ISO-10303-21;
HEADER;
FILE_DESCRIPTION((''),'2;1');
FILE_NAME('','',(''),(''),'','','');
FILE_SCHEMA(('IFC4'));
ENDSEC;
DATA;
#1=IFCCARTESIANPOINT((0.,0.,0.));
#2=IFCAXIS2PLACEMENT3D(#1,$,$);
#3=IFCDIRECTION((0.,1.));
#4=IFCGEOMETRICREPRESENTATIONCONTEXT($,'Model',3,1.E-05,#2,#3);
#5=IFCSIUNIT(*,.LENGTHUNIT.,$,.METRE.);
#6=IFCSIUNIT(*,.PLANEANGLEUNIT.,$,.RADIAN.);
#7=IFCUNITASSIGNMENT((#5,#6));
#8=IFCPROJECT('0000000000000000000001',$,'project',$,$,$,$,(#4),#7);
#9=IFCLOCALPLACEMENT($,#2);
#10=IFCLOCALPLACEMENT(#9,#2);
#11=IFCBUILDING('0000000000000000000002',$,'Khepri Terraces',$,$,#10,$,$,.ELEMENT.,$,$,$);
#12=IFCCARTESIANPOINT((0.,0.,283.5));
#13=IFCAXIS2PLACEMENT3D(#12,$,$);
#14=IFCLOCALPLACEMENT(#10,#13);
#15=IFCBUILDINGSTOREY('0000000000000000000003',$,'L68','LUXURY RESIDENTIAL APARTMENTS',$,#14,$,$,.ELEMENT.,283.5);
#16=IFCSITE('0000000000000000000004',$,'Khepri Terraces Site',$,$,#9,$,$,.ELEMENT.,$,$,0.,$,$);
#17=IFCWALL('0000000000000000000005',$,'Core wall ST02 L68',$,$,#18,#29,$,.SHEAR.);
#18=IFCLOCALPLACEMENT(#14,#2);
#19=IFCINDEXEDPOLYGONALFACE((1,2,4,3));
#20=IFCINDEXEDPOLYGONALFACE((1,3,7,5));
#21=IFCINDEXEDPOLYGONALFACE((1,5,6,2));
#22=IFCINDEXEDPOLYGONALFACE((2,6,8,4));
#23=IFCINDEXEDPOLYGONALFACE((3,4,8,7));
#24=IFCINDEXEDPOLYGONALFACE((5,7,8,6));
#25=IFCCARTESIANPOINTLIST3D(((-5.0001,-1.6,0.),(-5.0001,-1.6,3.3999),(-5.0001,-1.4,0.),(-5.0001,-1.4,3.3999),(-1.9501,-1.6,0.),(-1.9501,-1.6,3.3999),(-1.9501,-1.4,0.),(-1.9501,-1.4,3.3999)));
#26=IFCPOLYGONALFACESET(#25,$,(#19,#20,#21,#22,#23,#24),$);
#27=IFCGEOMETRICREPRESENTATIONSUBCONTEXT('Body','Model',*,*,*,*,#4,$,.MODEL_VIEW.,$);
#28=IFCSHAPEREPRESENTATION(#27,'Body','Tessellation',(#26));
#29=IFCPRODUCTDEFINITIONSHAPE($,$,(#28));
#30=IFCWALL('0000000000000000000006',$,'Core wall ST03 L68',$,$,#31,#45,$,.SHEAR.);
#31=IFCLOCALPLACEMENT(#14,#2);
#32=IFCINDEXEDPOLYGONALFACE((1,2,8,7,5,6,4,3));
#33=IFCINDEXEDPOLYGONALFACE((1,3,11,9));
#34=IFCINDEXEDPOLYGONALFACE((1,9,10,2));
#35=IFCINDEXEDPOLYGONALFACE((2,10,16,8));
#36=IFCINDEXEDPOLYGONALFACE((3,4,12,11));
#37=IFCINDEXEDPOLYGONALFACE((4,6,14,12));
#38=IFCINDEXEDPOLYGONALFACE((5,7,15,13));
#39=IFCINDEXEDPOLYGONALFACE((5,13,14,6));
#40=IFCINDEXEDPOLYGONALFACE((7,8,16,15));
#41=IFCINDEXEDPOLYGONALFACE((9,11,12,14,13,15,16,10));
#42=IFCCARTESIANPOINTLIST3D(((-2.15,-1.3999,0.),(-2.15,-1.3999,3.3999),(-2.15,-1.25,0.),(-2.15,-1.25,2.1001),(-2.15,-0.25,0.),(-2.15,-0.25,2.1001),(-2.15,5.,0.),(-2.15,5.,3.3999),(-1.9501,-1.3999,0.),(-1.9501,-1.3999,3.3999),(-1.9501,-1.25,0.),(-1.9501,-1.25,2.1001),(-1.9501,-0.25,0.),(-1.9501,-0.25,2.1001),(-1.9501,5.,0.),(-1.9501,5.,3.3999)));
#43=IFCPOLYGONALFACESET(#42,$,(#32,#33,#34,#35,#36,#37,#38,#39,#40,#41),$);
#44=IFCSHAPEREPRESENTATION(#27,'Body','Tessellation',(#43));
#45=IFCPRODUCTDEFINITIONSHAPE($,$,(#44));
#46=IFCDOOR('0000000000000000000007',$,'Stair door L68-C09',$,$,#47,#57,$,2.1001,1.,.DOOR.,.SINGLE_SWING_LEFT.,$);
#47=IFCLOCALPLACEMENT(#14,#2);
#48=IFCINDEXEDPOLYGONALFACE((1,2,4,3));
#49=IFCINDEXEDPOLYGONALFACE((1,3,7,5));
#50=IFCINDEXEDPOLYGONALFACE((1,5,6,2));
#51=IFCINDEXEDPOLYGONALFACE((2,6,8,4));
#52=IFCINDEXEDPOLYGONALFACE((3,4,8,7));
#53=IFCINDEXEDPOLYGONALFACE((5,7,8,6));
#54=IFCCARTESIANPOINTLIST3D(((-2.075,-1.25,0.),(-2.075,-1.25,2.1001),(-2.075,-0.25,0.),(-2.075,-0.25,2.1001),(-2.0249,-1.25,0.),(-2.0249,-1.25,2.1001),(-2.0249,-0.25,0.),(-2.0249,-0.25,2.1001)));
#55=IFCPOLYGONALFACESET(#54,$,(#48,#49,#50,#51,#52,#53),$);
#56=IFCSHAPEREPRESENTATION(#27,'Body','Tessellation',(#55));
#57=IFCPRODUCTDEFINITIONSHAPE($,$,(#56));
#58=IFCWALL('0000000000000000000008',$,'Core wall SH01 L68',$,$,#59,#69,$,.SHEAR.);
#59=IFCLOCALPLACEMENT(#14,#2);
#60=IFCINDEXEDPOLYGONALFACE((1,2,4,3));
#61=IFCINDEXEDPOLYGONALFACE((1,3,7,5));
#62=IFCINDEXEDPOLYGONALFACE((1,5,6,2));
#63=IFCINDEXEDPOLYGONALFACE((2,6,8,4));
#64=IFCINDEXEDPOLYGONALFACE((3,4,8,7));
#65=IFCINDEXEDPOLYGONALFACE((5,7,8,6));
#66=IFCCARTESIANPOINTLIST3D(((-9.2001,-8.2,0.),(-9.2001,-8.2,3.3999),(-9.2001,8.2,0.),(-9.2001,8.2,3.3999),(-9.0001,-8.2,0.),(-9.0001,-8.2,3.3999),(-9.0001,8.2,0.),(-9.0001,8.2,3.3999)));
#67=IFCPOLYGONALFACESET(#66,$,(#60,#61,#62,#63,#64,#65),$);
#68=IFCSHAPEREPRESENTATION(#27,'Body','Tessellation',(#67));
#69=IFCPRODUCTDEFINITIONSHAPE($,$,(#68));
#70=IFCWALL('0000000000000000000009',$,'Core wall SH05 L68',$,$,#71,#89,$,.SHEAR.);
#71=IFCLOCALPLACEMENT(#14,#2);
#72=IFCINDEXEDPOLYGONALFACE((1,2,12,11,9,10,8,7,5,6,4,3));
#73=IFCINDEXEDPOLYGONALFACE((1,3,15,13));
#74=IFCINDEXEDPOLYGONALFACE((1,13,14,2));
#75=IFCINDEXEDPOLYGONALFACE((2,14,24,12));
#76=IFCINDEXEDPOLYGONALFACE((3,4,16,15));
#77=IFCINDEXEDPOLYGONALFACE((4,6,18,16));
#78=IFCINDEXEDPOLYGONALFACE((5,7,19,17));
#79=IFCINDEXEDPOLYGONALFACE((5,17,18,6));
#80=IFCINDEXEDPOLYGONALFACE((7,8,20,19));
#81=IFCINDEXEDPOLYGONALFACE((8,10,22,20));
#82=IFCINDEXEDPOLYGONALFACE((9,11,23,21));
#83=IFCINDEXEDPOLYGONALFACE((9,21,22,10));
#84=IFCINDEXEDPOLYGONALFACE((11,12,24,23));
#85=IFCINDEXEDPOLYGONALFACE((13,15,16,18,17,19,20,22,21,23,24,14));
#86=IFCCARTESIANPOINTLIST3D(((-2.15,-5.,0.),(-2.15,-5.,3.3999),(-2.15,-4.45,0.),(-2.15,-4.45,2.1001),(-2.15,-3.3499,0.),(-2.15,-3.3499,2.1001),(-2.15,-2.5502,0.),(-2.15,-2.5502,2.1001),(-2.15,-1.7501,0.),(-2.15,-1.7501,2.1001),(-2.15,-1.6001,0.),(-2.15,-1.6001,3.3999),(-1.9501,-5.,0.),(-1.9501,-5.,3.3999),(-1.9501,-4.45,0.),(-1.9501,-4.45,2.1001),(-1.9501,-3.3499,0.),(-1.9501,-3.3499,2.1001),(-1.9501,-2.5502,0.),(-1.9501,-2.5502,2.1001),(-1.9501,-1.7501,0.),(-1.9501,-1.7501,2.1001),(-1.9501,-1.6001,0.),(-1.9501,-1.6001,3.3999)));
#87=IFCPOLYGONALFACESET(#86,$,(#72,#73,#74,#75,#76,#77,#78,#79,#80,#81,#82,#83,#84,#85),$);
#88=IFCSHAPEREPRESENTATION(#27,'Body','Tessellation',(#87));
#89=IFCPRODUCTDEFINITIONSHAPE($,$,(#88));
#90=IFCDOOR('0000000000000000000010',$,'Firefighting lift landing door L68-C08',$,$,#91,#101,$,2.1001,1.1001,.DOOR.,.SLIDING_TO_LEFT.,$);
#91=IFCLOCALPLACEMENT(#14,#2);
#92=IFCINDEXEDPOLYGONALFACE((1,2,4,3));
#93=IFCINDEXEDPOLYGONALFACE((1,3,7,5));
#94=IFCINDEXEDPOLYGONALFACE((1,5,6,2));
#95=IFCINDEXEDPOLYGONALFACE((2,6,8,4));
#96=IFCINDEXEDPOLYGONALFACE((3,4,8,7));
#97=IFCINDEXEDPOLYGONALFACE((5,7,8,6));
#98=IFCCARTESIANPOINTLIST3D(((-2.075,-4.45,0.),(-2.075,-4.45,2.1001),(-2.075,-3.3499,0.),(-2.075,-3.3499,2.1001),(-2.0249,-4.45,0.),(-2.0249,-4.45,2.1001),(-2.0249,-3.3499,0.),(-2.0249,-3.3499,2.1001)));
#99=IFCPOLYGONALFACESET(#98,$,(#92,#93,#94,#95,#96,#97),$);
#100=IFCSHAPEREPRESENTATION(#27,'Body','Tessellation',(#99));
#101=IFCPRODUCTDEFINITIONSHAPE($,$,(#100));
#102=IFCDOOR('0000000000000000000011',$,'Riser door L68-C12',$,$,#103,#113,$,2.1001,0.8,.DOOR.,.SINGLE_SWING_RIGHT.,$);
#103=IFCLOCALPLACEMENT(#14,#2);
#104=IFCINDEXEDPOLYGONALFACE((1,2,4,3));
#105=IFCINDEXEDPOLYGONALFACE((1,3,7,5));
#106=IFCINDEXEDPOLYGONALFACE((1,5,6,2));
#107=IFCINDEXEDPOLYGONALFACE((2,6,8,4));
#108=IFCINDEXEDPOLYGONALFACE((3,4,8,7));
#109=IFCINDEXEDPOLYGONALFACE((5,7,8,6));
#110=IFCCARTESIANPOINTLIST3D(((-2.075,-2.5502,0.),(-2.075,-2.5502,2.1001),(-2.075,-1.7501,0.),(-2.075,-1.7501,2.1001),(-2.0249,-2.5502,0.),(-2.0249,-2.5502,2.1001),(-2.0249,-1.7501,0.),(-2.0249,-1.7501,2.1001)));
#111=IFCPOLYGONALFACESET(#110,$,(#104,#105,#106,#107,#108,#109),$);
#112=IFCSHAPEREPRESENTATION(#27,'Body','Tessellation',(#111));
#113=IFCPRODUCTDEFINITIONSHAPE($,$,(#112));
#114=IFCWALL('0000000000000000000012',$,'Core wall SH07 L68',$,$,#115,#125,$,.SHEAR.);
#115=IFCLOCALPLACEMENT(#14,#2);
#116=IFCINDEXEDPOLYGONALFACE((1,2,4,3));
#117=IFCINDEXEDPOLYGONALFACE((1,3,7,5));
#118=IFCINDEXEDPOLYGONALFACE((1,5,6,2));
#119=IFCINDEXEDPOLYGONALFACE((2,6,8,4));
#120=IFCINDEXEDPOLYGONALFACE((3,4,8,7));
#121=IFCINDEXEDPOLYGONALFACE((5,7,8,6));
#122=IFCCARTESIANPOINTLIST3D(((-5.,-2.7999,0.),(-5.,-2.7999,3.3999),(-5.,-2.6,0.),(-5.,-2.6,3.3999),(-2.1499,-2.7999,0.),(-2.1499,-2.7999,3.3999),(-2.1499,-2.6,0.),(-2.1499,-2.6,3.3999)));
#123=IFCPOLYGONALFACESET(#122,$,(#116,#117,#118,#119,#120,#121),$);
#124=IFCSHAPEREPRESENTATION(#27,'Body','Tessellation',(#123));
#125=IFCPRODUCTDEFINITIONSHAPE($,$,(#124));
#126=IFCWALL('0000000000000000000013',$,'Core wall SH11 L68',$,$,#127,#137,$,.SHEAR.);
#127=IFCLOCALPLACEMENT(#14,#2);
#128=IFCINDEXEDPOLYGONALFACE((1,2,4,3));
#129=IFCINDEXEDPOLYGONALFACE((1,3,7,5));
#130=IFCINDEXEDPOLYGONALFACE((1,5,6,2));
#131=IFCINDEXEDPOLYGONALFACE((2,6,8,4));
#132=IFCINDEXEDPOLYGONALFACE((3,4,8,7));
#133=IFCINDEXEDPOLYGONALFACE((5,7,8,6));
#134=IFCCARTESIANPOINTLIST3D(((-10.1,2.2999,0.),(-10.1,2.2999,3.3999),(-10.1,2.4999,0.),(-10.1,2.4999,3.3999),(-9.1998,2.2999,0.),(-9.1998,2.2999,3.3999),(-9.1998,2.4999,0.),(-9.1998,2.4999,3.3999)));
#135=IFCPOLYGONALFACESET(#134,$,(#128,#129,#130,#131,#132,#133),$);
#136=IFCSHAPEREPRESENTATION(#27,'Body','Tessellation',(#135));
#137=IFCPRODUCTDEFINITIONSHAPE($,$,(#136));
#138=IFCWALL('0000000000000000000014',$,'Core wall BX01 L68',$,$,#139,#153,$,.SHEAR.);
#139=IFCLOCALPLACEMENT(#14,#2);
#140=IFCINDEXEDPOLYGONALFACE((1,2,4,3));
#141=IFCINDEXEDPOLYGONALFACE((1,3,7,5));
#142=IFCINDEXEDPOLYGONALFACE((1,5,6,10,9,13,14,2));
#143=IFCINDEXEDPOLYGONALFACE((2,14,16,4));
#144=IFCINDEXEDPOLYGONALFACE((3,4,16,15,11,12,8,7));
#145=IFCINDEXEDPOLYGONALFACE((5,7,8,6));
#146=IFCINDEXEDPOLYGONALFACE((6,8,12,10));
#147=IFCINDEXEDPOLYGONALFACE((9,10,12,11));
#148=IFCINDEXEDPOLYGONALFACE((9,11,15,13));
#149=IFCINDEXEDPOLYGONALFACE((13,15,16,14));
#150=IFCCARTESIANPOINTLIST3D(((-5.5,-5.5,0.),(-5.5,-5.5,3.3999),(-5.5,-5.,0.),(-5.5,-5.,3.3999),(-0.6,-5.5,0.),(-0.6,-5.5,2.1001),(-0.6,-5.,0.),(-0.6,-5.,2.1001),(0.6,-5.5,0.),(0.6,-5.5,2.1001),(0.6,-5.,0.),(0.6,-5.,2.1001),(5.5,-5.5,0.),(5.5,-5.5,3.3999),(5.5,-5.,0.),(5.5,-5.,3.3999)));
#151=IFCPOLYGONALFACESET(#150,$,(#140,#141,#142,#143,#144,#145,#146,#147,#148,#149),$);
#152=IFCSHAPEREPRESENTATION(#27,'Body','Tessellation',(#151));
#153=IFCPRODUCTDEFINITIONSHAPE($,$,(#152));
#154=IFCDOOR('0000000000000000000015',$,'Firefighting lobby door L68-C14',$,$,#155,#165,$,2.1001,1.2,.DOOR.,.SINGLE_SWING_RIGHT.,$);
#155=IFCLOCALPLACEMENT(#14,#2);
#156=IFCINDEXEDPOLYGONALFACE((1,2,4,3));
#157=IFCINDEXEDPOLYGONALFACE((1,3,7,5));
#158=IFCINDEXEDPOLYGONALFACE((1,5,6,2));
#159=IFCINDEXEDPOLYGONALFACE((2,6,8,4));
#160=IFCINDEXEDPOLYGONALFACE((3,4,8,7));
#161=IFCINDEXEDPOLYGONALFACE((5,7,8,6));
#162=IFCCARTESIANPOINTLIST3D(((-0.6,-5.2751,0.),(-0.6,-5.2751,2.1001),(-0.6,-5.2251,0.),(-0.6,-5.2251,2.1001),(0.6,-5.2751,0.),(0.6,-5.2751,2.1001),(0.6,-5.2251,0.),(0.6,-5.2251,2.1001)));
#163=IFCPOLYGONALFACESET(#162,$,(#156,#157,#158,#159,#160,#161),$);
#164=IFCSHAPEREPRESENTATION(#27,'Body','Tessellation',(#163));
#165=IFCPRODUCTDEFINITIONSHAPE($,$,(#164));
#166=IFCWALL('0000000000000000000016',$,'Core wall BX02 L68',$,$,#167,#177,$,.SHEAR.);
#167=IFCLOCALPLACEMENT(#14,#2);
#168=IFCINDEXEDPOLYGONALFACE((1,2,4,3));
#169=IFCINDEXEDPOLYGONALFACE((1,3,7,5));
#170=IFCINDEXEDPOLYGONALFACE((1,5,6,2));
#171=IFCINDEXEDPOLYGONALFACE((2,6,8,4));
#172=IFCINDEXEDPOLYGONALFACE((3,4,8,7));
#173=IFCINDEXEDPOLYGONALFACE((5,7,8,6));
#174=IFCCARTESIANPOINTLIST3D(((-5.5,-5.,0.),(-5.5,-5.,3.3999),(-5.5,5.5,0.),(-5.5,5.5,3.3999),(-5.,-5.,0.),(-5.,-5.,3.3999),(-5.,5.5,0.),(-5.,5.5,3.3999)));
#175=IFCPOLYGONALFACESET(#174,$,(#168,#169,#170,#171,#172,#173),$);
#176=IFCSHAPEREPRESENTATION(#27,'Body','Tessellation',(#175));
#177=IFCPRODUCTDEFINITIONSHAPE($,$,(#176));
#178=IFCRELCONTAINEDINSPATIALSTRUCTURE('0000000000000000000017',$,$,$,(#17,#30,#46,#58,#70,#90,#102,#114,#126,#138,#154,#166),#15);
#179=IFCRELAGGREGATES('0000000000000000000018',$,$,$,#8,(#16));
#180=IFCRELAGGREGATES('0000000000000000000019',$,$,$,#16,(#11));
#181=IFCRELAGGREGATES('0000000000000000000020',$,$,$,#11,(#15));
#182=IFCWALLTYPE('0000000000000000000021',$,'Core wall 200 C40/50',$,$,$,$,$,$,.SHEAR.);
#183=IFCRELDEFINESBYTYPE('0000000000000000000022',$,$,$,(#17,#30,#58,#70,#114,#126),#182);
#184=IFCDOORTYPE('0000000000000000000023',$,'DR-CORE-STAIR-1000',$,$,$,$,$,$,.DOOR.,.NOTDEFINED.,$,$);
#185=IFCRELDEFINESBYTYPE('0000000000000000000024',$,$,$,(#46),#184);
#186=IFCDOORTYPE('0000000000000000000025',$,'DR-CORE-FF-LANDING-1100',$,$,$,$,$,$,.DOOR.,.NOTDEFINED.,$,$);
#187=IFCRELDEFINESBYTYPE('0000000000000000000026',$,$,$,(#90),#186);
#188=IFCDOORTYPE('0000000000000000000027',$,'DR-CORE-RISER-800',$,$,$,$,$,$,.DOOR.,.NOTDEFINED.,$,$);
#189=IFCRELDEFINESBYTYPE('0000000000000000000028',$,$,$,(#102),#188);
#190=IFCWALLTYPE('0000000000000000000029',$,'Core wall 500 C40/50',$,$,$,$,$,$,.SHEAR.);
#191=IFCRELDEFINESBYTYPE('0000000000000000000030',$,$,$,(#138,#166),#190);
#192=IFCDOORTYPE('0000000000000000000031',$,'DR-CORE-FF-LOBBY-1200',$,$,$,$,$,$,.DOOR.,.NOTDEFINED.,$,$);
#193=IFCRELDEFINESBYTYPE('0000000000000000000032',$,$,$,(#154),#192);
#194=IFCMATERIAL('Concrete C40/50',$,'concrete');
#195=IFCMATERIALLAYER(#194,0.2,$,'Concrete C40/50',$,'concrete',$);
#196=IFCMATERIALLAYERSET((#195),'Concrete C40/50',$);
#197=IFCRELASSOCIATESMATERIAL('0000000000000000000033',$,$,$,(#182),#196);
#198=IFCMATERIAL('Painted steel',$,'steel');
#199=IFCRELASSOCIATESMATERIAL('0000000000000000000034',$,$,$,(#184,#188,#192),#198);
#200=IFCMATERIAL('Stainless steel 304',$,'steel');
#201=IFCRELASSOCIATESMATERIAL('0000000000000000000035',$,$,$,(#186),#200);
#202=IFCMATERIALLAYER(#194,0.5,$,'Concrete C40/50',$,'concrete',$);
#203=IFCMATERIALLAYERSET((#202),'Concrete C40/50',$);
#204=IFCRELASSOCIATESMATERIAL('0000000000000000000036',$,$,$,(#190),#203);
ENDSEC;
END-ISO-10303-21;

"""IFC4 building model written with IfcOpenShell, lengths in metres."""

from ifc_helpers import new_model, si_unit, direction, frame, frame_2d, origin, place, context, subcontext, project, spatial, rectangle, extrude, material, layer, layer_set, type_object, element, fill, save


model = new_model("IFC4")

# Units and contexts
model_context = context("Model", 3, precision=1e-05, world=origin(), true_north=direction((0.0, 1.0)))
body_context = subcontext(model_context, "Body", "Model", "MODEL_VIEW")
ifc_project = project(units=[si_unit("LENGTHUNIT", "METRE"), si_unit("PLANEANGLEUNIT", "RADIAN")], contexts=[model_context])

# Site, building, storey
site_placement = place(None, origin())
site = spatial("IfcSite", under=ifc_project, at=site_placement, Name="Khepri Terraces Site", CompositionType="ELEMENT", RefElevation=0.0)
building_placement = place(site_placement, origin())
building = spatial("IfcBuilding", under=site, at=building_placement, Name="Khepri Terraces", CompositionType="ELEMENT")
storey_placement = place(building_placement, frame((0.0, 0.0, 283.5)))
storey = spatial("IfcBuildingStorey", under=building, at=storey_placement, Name="L68", Description="LUXURY RESIDENTIAL APARTMENTS", CompositionType="ELEMENT", Elevation=283.5)

# Wall
ifc_material_1 = material(Name="Concrete C40/50", Category="concrete")
ifc_layer_1 = layer(ifc_material_1, 0.2, Name="Concrete C40/50", Category="concrete")
ifc_layer_set_1 = layer_set([ifc_layer_1], Name="Concrete C40/50")
wall_type_1 = type_object("IfcWallType", Name="Core wall 200 C40/50", PredefinedType="SHEAR", material=ifc_layer_set_1)
wall_1_placement = place(storey_placement, frame((-5.0, -1.5, 0.0), z_axis=(0.0, 0.0, 1.0), x_axis=(1.0, 0.0, 0.0)))
element("IfcWall", 1, at=wall_1_placement, inside=storey, type_object=wall_type_1, Name="Core wall ST02 L68", PredefinedType="SHEAR", context=body_context, shape_type="SweptSolid", body=[
    extrude(rectangle(XDim=3.05, YDim=0.2, at=frame_2d((1.5249, 0.0))), origin(), (0.0, 0.0, 1.0), 3.3999),
])

# Wall, opening, door
wall_2_placement = place(storey_placement, frame((-2.05, -1.3999, 0.0), z_axis=(0.0, 0.0, 1.0), x_axis=(0.0, 1.0, 0.0)))
wall_2 = element("IfcWall", 2, at=wall_2_placement, inside=storey, type_object=wall_type_1, Name="Core wall ST03 L68", PredefinedType="SHEAR", context=body_context, shape_type="SweptSolid", body=[
    extrude(rectangle(XDim=6.3999, YDim=0.2, at=frame_2d((3.2, 0.0))), origin(), (0.0, 0.0, 1.0), 3.3999),
])
opening_1_placement = place(wall_2_placement, frame((0.1499, 0.0, 0.0)))
opening_1 = element("IfcOpeningElement", 3, at=opening_1_placement, cuts=wall_2, PredefinedType="OPENING", context=body_context, shape_type="SweptSolid", body=[
    extrude(rectangle(XDim=1.0, YDim=2.1001, at=frame_2d((0.5, 1.05))), frame((0.0, 0.1099, 0.0), z_axis=(0.0, -1.0, 0.0), x_axis=(1.0, 0.0, 0.0)), (0.0, 0.0, 1.0), 0.22),
])
ifc_material_2 = material(Name="Painted steel", Category="steel")
door_type_1 = type_object("IfcDoorType", Name="DR-CORE-STAIR-1000", OperationType="NOTDEFINED", PredefinedType="DOOR", material=ifc_material_2)
door_1_placement = place(opening_1_placement, origin())
door_1 = element("IfcDoor", 4, at=door_1_placement, inside=storey, type_object=door_type_1, Name="Stair door L68-C09", OperationType="SINGLE_SWING_LEFT", OverallHeight=2.1001, OverallWidth=1.0, PredefinedType="DOOR", context=body_context, shape_type="SweptSolid", body=[
    extrude(rectangle(XDim=1.0, YDim=2.1001, at=frame_2d((0.5, 1.05))), frame((0.0, 0.0249, 0.0), z_axis=(0.0, -1.0, 0.0), x_axis=(1.0, 0.0, 0.0)), (0.0, 0.0, 1.0), 0.05),
])
fill(opening_1, door_1)

# Wall
wall_3_placement = place(storey_placement, frame((-9.1001, -8.2, 0.0), z_axis=(0.0, 0.0, 1.0), x_axis=(0.0, 1.0, 0.0)))
element("IfcWall", 5, at=wall_3_placement, inside=storey, type_object=wall_type_1, Name="Core wall SH01 L68", PredefinedType="SHEAR", context=body_context, shape_type="SweptSolid", body=[
    extrude(rectangle(XDim=16.3999, YDim=0.2, at=frame_2d((8.2, 0.0))), origin(), (0.0, 0.0, 1.0), 3.3999),
])

# Wall, openings, doors
wall_4_placement = place(storey_placement, frame((-2.05, -5.0, 0.0), z_axis=(0.0, 0.0, 1.0), x_axis=(0.0, 1.0, 0.0)))
wall_4 = element("IfcWall", 6, at=wall_4_placement, inside=storey, type_object=wall_type_1, Name="Core wall SH05 L68", PredefinedType="SHEAR", context=body_context, shape_type="SweptSolid", body=[
    extrude(rectangle(XDim=3.3999, YDim=0.2, at=frame_2d((1.7, 0.0))), origin(), (0.0, 0.0, 1.0), 3.3999),
])
opening_2_placement = place(wall_4_placement, frame((0.55, 0.0, 0.0)))
opening_2 = element("IfcOpeningElement", 7, at=opening_2_placement, cuts=wall_4, PredefinedType="OPENING", context=body_context, shape_type="SweptSolid", body=[
    extrude(rectangle(XDim=1.1001, YDim=2.1001, at=frame_2d((0.55, 1.05))), frame((0.0, 0.1099, 0.0), z_axis=(0.0, -1.0, 0.0), x_axis=(1.0, 0.0, 0.0)), (0.0, 0.0, 1.0), 0.22),
])
opening_3_placement = place(wall_4_placement, frame((2.45, 0.0, 0.0)))
opening_3 = element("IfcOpeningElement", 8, at=opening_3_placement, cuts=wall_4, PredefinedType="OPENING", context=body_context, shape_type="SweptSolid", body=[
    extrude(rectangle(XDim=0.8, YDim=2.1001, at=frame_2d((0.3999, 1.05))), frame((0.0, 0.1099, 0.0), z_axis=(0.0, -1.0, 0.0), x_axis=(1.0, 0.0, 0.0)), (0.0, 0.0, 1.0), 0.22),
])
ifc_material_3 = material(Name="Stainless steel 304", Category="steel")
door_type_2 = type_object("IfcDoorType", Name="DR-CORE-FF-LANDING-1100", OperationType="NOTDEFINED", PredefinedType="DOOR", material=ifc_material_3)
door_2_placement = place(opening_2_placement, origin())
door_2 = element("IfcDoor", 9, at=door_2_placement, inside=storey, type_object=door_type_2, Name="Firefighting lift landing door L68-C08", OperationType="SLIDING_TO_LEFT", OverallHeight=2.1001, OverallWidth=1.1001, PredefinedType="DOOR", context=body_context, shape_type="SweptSolid", body=[
    extrude(rectangle(XDim=1.1001, YDim=2.1001, at=frame_2d((0.55, 1.05))), frame((0.0, 0.0249, 0.0), z_axis=(0.0, -1.0, 0.0), x_axis=(1.0, 0.0, 0.0)), (0.0, 0.0, 1.0), 0.05),
])
fill(opening_2, door_2)
door_type_3 = type_object("IfcDoorType", Name="DR-CORE-RISER-800", OperationType="NOTDEFINED", PredefinedType="DOOR", material=ifc_material_2)
door_3_placement = place(opening_3_placement, origin())
door_3 = element("IfcDoor", 10, at=door_3_placement, inside=storey, type_object=door_type_3, Name="Riser door L68-C12", OperationType="SINGLE_SWING_RIGHT", OverallHeight=2.1001, OverallWidth=0.8, PredefinedType="DOOR", context=body_context, shape_type="SweptSolid", body=[
    extrude(rectangle(XDim=0.8, YDim=2.1001, at=frame_2d((0.3999, 1.05))), frame((0.0, 0.0249, 0.0), z_axis=(0.0, -1.0, 0.0), x_axis=(1.0, 0.0, 0.0)), (0.0, 0.0, 1.0), 0.05),
])
fill(opening_3, door_3)

# Walls
wall_5_placement = place(storey_placement, frame((-5.0, -2.7, 0.0), z_axis=(0.0, 0.0, 1.0), x_axis=(1.0, 0.0, 0.0)))
element("IfcWall", 11, at=wall_5_placement, inside=storey, type_object=wall_type_1, Name="Core wall SH07 L68", PredefinedType="SHEAR", context=body_context, shape_type="SweptSolid", body=[
    extrude(rectangle(XDim=2.8501, YDim=0.2, at=frame_2d((1.425, 0.0))), origin(), (0.0, 0.0, 1.0), 3.3999),
])
wall_6_placement = place(storey_placement, frame((-10.1001, 2.3999, 0.0), z_axis=(0.0, 0.0, 1.0), x_axis=(1.0, 0.0, 0.0)))
element("IfcWall", 12, at=wall_6_placement, inside=storey, type_object=wall_type_1, Name="Core wall SH11 L68", PredefinedType="SHEAR", context=body_context, shape_type="SweptSolid", body=[
    extrude(rectangle(XDim=0.9001, YDim=0.2, at=frame_2d((0.4502, 0.0))), origin(), (0.0, 0.0, 1.0), 3.3999),
])

# Wall, opening, door
ifc_layer_2 = layer(ifc_material_1, 0.5, Name="Concrete C40/50", Category="concrete")
ifc_layer_set_2 = layer_set([ifc_layer_2], Name="Concrete C40/50")
wall_type_2 = type_object("IfcWallType", Name="Core wall 500 C40/50", PredefinedType="SHEAR", material=ifc_layer_set_2)
wall_7_placement = place(storey_placement, frame((-5.5, -5.25, 0.0), z_axis=(0.0, 0.0, 1.0), x_axis=(1.0, 0.0, 0.0)))
wall_7 = element("IfcWall", 13, at=wall_7_placement, inside=storey, type_object=wall_type_2, Name="Core wall BX01 L68", PredefinedType="SHEAR", context=body_context, shape_type="SweptSolid", body=[
    extrude(rectangle(XDim=11.0, YDim=0.5, at=frame_2d((5.5, 0.0))), origin(), (0.0, 0.0, 1.0), 3.3999),
])
opening_4_placement = place(wall_7_placement, frame((4.8999, 0.0, 0.0)))
opening_4 = element("IfcOpeningElement", 14, at=opening_4_placement, cuts=wall_7, PredefinedType="OPENING", context=body_context, shape_type="SweptSolid", body=[
    extrude(rectangle(XDim=1.2, YDim=2.1001, at=frame_2d((0.6001, 1.05))), frame((0.0, 0.26, 0.0), z_axis=(0.0, -1.0, 0.0), x_axis=(1.0, 0.0, 0.0)), (0.0, 0.0, 1.0), 0.52),
])
door_type_4 = type_object("IfcDoorType", Name="DR-CORE-FF-LOBBY-1200", OperationType="NOTDEFINED", PredefinedType="DOOR", material=ifc_material_2)
door_4_placement = place(opening_4_placement, origin())
door_4 = element("IfcDoor", 15, at=door_4_placement, inside=storey, type_object=door_type_4, Name="Firefighting lobby door L68-C14", OperationType="SINGLE_SWING_RIGHT", OverallHeight=2.1001, OverallWidth=1.2, PredefinedType="DOOR", context=body_context, shape_type="SweptSolid", body=[
    extrude(rectangle(XDim=1.2, YDim=2.1001, at=frame_2d((0.6001, 1.05))), frame((0.0, 0.0249, 0.0), z_axis=(0.0, -1.0, 0.0), x_axis=(1.0, 0.0, 0.0)), (0.0, 0.0, 1.0), 0.05),
])
fill(opening_4, door_4)

# Wall
wall_8_placement = place(storey_placement, frame((-5.25, -5.0, 0.0), z_axis=(0.0, 0.0, 1.0), x_axis=(0.0, 1.0, 0.0)))
element("IfcWall", 16, at=wall_8_placement, inside=storey, type_object=wall_type_2, Name="Core wall BX02 L68", PredefinedType="SHEAR", context=body_context, shape_type="SweptSolid", body=[
    extrude(rectangle(XDim=10.5, YDim=0.5, at=frame_2d((5.25, 0.0))), origin(), (0.0, 0.0, 1.0), 3.3999),
])

save(model, "model.ifc")
